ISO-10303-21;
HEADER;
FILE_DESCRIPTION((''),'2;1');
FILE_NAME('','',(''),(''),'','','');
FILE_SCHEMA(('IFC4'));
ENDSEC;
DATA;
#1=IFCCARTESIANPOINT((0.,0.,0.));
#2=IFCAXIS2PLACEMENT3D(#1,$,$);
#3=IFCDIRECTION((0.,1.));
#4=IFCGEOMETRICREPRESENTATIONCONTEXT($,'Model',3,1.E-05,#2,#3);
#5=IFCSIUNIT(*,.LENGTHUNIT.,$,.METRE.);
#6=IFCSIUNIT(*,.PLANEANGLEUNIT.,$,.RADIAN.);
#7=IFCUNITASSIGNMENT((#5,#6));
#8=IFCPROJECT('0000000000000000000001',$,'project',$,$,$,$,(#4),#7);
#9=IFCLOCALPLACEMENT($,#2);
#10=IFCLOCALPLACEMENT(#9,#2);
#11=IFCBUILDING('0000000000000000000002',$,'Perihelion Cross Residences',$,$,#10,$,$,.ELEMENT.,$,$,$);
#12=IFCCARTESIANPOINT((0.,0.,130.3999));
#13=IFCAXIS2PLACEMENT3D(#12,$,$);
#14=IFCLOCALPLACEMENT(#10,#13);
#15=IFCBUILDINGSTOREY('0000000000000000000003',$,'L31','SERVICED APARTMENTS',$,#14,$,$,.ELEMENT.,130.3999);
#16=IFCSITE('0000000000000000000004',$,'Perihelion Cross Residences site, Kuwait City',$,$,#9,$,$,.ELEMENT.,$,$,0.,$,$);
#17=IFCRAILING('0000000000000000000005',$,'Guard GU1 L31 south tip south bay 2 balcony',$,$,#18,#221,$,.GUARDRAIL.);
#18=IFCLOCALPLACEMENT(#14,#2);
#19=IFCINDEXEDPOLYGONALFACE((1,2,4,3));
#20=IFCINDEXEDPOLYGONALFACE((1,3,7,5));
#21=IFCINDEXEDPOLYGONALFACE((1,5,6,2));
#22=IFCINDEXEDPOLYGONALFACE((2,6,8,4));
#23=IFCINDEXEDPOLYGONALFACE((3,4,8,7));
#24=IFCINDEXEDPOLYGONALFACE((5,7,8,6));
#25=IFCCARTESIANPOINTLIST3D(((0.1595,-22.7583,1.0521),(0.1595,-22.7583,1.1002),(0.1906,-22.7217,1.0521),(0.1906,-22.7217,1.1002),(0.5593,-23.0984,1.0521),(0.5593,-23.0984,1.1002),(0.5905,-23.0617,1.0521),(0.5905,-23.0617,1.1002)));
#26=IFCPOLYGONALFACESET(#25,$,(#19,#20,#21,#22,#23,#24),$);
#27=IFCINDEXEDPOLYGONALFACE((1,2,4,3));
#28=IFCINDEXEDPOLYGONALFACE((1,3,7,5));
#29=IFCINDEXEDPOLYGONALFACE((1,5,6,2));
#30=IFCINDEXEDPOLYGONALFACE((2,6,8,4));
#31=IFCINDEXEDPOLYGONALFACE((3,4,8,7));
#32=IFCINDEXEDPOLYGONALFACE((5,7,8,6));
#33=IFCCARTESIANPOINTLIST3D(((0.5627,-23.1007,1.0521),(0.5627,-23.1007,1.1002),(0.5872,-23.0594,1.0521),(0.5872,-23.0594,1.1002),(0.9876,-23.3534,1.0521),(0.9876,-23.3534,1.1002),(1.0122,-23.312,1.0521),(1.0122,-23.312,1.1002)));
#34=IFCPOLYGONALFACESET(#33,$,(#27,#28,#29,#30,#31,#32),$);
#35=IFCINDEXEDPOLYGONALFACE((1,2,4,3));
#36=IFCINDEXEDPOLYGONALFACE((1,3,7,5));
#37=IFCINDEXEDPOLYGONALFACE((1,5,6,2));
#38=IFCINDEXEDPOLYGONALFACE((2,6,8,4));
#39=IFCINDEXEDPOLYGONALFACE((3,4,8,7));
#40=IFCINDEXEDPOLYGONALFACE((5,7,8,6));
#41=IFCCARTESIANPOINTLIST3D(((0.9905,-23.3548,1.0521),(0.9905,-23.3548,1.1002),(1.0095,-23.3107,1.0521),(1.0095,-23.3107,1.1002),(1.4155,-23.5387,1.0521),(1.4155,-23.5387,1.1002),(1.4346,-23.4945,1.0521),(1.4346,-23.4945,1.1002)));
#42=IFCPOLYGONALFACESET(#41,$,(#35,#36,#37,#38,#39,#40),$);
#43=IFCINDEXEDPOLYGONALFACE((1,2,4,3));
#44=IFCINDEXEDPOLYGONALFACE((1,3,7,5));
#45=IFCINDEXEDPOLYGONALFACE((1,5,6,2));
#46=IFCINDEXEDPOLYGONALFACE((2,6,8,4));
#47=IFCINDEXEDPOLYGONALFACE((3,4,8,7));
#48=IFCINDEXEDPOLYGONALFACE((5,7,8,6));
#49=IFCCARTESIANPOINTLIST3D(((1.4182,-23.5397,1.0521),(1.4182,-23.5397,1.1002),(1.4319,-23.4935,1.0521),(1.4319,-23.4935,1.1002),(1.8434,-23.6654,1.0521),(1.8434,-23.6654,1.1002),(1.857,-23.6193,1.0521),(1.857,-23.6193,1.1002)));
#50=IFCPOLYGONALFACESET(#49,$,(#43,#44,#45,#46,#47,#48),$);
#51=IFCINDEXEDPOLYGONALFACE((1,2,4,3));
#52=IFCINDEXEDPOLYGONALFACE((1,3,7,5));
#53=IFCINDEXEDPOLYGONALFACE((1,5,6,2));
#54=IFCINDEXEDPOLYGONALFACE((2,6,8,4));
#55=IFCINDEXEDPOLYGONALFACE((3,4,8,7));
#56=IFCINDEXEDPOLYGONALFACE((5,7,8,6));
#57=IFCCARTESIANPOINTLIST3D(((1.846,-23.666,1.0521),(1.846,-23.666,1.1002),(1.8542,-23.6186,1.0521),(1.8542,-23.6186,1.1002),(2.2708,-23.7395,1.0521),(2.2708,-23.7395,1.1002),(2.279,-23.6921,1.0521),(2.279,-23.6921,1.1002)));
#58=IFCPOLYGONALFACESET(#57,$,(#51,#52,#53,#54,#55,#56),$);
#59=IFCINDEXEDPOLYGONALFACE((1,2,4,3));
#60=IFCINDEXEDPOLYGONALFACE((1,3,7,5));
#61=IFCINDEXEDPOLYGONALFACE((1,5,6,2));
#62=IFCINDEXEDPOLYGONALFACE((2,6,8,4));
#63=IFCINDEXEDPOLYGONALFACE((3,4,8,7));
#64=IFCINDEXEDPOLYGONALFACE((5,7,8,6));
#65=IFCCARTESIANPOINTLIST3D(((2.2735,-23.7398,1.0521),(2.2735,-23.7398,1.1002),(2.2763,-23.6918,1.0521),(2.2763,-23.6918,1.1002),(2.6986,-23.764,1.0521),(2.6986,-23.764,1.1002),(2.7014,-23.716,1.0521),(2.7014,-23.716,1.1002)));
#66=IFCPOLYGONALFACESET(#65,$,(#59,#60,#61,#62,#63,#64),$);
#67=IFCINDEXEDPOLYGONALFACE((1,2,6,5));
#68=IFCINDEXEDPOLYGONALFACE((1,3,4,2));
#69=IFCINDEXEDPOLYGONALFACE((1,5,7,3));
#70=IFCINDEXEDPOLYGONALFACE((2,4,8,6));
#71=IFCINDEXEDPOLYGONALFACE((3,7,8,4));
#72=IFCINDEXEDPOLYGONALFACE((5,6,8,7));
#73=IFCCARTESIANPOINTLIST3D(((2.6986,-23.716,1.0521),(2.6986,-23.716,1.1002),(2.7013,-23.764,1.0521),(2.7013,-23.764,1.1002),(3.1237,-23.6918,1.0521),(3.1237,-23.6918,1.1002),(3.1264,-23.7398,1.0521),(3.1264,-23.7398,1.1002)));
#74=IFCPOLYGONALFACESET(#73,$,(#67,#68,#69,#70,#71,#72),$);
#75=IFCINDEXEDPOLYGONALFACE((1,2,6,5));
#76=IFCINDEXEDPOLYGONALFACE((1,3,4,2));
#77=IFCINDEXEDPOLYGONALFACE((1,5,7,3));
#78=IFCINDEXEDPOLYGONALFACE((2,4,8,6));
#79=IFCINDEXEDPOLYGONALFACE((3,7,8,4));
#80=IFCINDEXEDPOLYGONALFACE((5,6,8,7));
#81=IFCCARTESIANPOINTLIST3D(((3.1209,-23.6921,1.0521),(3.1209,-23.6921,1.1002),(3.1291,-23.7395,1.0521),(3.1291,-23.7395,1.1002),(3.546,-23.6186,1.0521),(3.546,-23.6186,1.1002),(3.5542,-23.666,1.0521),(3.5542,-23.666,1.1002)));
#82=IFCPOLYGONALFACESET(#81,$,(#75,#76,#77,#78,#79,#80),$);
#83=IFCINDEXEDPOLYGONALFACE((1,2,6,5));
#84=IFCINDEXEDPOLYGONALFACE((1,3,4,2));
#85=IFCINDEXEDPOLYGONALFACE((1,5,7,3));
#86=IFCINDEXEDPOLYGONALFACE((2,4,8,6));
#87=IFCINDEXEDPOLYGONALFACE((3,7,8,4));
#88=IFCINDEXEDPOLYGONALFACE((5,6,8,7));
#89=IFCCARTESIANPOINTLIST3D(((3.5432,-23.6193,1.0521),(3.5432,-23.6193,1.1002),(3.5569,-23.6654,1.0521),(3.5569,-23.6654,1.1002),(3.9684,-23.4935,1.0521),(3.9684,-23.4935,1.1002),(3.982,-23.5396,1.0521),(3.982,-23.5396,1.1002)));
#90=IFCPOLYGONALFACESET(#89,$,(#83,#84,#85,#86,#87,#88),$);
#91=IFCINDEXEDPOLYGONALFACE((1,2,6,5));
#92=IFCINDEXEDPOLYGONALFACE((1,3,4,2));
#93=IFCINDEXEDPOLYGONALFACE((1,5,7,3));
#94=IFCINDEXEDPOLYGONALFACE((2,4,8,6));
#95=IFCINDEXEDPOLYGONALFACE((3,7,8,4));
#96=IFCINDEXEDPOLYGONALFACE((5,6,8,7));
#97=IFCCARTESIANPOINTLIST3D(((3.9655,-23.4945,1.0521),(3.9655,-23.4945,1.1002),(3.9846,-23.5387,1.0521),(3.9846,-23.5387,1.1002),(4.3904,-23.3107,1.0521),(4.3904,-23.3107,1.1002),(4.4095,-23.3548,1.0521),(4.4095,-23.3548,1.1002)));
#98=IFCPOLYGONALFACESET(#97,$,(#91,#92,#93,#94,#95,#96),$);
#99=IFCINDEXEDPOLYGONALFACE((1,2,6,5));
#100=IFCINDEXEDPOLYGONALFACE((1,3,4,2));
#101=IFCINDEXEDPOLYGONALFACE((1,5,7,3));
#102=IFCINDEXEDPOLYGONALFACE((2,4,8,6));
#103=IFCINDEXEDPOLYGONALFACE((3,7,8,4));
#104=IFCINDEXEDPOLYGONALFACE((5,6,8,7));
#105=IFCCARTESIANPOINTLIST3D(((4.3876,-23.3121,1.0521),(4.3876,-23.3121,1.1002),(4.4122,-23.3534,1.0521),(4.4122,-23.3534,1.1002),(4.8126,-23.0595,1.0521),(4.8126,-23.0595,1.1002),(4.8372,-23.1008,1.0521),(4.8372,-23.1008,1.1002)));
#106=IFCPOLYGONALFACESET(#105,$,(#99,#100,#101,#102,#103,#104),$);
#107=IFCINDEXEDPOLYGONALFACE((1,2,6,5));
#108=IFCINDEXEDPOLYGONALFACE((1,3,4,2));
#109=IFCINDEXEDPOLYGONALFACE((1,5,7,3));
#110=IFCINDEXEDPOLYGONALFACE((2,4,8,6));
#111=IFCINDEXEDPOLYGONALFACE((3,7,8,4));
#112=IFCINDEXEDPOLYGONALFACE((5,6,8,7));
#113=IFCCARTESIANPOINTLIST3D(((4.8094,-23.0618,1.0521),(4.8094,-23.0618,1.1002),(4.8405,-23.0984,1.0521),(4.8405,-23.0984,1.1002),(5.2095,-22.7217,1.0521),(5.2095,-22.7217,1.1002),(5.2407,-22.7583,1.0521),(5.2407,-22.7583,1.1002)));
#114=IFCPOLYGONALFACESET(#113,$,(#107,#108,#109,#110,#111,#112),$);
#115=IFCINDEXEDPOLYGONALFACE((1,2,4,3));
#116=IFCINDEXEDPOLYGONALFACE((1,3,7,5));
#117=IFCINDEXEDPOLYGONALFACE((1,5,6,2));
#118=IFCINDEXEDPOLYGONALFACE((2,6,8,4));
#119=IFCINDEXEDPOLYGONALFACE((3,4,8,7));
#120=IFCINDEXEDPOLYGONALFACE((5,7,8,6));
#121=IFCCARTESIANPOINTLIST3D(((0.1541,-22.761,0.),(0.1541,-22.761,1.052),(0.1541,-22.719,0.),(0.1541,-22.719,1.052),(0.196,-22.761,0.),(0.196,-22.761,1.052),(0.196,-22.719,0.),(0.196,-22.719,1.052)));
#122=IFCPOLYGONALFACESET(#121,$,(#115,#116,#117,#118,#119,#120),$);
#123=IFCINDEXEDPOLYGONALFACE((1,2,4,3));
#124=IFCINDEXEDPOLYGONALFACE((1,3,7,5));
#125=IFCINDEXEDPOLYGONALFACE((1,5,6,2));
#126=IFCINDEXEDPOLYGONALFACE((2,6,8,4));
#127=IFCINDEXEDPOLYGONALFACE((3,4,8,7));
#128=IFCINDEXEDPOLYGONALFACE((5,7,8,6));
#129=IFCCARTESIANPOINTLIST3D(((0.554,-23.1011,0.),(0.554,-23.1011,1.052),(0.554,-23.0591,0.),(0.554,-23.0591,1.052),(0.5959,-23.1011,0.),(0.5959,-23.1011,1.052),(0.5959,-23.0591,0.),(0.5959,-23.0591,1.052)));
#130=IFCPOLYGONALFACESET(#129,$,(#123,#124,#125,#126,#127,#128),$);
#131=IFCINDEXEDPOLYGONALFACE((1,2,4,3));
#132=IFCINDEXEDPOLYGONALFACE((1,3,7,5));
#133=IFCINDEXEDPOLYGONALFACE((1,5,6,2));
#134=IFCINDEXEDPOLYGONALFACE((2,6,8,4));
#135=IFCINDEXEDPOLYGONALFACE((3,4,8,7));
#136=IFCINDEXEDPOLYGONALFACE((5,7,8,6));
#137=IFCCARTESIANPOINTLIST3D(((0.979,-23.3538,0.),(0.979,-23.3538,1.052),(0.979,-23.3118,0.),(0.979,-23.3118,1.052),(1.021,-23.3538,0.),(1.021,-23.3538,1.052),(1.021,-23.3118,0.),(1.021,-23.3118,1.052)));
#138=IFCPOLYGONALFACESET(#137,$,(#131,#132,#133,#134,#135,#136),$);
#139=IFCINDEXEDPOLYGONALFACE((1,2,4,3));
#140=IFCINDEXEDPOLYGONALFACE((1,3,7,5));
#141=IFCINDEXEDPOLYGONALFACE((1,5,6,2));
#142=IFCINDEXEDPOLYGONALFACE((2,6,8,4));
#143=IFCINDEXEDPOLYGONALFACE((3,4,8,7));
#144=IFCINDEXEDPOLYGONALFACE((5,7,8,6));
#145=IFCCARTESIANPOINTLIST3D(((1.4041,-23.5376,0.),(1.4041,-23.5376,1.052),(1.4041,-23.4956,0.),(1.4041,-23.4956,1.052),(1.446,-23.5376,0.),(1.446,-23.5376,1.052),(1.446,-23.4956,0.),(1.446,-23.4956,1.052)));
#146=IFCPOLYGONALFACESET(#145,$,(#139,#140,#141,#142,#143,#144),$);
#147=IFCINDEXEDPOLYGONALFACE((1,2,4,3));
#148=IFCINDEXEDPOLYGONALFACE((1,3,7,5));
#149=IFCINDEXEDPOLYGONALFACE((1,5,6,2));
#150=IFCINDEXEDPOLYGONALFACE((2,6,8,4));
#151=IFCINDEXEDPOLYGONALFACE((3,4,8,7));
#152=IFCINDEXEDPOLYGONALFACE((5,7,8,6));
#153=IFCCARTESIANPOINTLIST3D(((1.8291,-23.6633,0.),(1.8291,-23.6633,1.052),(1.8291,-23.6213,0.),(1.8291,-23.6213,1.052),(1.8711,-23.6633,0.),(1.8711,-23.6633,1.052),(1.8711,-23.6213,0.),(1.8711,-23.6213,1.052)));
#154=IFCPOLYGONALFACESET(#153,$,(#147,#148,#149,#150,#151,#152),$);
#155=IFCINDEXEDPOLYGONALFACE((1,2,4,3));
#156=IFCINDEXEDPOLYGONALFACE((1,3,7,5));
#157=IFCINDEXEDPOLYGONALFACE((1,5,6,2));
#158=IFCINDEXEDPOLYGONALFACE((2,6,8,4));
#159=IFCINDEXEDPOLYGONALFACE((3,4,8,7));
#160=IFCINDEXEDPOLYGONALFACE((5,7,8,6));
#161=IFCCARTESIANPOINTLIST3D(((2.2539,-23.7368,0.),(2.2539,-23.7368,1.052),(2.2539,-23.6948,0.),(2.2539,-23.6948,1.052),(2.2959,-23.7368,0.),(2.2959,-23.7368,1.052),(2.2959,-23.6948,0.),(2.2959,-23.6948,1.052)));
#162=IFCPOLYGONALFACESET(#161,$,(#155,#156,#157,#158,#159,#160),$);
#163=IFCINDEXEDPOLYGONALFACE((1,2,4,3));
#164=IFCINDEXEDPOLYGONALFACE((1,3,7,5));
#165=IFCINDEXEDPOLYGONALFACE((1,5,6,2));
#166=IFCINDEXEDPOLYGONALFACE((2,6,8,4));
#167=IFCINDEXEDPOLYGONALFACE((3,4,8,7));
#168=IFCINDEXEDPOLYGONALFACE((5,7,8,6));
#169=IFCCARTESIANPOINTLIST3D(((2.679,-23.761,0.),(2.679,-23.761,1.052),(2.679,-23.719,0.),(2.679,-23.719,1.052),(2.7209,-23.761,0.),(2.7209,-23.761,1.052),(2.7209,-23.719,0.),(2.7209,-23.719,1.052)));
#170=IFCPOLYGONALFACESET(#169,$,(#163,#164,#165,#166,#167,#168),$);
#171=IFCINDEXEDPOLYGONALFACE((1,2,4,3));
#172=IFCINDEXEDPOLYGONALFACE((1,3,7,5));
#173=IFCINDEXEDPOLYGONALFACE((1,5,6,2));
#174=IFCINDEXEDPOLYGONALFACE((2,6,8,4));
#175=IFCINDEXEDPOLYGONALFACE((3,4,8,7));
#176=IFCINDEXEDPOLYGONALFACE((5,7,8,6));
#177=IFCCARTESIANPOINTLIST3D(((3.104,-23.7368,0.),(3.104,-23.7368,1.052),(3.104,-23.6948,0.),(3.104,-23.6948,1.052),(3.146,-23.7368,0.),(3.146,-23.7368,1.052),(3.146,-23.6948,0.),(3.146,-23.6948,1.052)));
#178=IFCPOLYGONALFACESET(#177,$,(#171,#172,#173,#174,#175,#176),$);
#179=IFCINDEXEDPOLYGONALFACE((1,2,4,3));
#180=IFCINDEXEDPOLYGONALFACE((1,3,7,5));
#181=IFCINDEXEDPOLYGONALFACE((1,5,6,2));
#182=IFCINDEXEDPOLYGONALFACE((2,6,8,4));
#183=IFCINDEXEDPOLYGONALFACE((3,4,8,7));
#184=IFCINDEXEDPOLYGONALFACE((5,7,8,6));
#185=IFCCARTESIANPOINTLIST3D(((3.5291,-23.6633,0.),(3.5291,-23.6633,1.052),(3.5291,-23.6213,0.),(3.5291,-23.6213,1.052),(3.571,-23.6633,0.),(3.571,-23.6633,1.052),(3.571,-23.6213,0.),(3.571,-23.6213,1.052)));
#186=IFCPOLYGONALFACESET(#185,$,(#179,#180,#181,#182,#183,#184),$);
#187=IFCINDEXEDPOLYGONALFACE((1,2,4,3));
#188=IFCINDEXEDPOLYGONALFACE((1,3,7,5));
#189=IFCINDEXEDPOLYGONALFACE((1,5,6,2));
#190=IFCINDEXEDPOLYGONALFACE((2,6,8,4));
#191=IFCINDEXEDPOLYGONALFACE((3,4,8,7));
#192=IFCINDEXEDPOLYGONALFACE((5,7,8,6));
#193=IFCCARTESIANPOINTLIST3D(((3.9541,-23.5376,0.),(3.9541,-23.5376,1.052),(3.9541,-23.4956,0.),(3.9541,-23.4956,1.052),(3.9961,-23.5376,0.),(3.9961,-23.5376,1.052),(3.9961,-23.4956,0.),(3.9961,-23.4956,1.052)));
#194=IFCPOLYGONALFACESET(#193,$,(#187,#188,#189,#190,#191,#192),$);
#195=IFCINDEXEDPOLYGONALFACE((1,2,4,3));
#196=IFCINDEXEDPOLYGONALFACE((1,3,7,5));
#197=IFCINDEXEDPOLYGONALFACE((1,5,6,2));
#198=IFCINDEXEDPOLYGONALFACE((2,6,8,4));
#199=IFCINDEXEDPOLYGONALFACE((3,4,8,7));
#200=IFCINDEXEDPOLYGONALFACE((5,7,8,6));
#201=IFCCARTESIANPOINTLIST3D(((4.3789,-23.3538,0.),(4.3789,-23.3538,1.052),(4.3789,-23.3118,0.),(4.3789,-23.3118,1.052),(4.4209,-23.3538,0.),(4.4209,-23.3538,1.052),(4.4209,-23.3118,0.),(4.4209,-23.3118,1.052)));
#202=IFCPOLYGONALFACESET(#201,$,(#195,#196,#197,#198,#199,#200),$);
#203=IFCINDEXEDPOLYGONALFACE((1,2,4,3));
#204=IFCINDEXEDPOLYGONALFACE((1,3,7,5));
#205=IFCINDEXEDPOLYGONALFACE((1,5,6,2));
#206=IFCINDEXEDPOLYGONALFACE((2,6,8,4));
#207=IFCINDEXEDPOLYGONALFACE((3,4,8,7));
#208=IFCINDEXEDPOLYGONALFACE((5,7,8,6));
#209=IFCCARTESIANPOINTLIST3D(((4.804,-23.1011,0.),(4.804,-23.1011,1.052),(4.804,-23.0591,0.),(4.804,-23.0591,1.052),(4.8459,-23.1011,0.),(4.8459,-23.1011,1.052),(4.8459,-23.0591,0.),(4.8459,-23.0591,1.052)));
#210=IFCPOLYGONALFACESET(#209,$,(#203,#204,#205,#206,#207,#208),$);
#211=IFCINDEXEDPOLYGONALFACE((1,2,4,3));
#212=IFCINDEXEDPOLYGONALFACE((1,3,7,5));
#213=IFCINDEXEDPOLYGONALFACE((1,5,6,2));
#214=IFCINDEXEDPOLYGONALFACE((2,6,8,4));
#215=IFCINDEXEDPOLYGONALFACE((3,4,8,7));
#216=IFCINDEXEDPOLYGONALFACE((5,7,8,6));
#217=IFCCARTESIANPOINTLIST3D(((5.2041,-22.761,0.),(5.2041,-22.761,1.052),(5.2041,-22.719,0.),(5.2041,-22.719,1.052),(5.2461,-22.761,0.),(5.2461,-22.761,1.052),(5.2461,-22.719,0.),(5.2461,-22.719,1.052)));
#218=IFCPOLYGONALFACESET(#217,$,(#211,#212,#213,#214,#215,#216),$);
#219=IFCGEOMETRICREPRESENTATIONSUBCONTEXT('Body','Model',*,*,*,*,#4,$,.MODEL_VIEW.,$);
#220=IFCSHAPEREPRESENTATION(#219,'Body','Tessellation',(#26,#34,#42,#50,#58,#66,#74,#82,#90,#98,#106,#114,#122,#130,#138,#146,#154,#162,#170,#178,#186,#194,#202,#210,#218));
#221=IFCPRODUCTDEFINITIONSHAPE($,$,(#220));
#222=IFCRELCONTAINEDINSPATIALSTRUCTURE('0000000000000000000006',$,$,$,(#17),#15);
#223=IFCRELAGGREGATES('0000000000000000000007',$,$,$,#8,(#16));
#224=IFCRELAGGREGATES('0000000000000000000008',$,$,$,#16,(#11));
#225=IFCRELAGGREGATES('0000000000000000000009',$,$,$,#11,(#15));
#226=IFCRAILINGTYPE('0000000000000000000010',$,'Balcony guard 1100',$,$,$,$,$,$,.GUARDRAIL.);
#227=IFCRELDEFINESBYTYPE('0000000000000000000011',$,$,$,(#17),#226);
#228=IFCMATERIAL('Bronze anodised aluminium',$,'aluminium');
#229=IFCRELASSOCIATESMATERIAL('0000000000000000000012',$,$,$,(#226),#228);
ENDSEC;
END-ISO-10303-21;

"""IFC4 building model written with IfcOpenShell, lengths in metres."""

from ifc_helpers import new_model, si_unit, direction, frame, origin, origin_2d, place, context, subcontext, project, spatial, rectangle, extrude, material, type_object, element, save


model = new_model("IFC4")

# Units and contexts
model_context = context("Model", 3, precision=1e-05, world=origin(), true_north=direction((0.0, 1.0)))
body_context = subcontext(model_context, "Body", "Model", "MODEL_VIEW")
ifc_project = project(units=[si_unit("LENGTHUNIT", "METRE"), si_unit("PLANEANGLEUNIT", "RADIAN")], contexts=[model_context])

# Site, building, storey
site_placement = place(None, origin())
site = spatial("IfcSite", under=ifc_project, at=site_placement, Name="Perihelion Cross Residences site, Kuwait City", CompositionType="ELEMENT", RefElevation=0.0)
building_placement = place(site_placement, origin())
building = spatial("IfcBuilding", under=site, at=building_placement, Name="Perihelion Cross Residences", CompositionType="ELEMENT")
storey_placement = place(building_placement, frame((0.0, 0.0, 130.3999)))
storey = spatial("IfcBuildingStorey", under=building, at=storey_placement, Name="L31", Description="SERVICED APARTMENTS", CompositionType="ELEMENT", Elevation=130.3999)

# Railing
ifc_material_1 = material(Name="Bronze anodised aluminium", Category="aluminium")
railing_type = type_object("IfcRailingType", Name="Balcony guard 1100", PredefinedType="GUARDRAIL", material=ifc_material_1)
railing_placement = place(storey_placement, frame((0.175, -22.74, 0.0)))
element("IfcRailing", 1, at=railing_placement, inside=storey, type_object=railing_type, Name="Guard GU1 L31 south tip south bay 2 balcony", PredefinedType="GUARDRAIL", context=body_context, shape_type="SweptSolid", body=[
    extrude(rectangle(XDim=0.0481, YDim=0.0481, at=origin_2d()), frame((0.0, 0.0, 1.0762), z_axis=(0.761779, -0.647837, 0.0), x_axis=(0.647837, 0.761779, 0.0)), (0.0, 0.0, 1.0), 0.5249),
    extrude(rectangle(XDim=0.0481, YDim=0.0481, at=origin_2d()), frame((0.3999, -0.3401, 1.0762), z_axis=(0.859577, -0.511006, 0.0), x_axis=(0.511006, 0.859577, 0.0)), (0.0, 0.0, 1.0), 0.4944),
    extrude(rectangle(XDim=0.0481, YDim=0.0481, at=origin_2d()), frame((0.825, -0.5928, 1.0762), z_axis=(0.917831, -0.396971, 0.0), x_axis=(0.396971, 0.917831, 0.0)), (0.0, 0.0, 1.0), 0.4631),
    extrude(rectangle(XDim=0.0481, YDim=0.0481, at=origin_2d()), frame((1.25, -0.7766, 1.0762), z_axis=(0.958926, -0.283657, 0.0), x_axis=(0.283657, 0.958926, 0.0)), (0.0, 0.0, 1.0), 0.4434),
    extrude(rectangle(XDim=0.0481, YDim=0.0481, at=origin_2d()), frame((1.675, -0.9023, 1.0762), z_axis=(0.985365, -0.170457, 0.0), x_axis=(0.170457, 0.985365, 0.0)), (0.0, 0.0, 1.0), 0.4312),
    extrude(rectangle(XDim=0.0481, YDim=0.0481, at=origin_2d()), frame((2.0999, -0.9758, 1.0762), z_axis=(0.998387, -0.056772, 0.0), x_axis=(0.056772, 0.998387, 0.0)), (0.0, 0.0, 1.0), 0.4258),
    extrude(rectangle(XDim=0.0481, YDim=0.0481, at=origin_2d()), frame((2.5249, -1.0, 1.0762), z_axis=(0.998387, 0.056772, 0.0), x_axis=(-0.056772, 0.998387, 0.0)), (0.0, 0.0, 1.0), 0.4258),
    extrude(rectangle(XDim=0.0481, YDim=0.0481, at=origin_2d()), frame((2.95, -0.9758, 1.0762), z_axis=(0.985382, 0.170362, 0.0), x_axis=(-0.170362, 0.985382, 0.0)), (0.0, 0.0, 1.0), 0.4314),
    extrude(rectangle(XDim=0.0481, YDim=0.0481, at=origin_2d()), frame((3.375, -0.9023, 1.0762), z_axis=(0.958926, 0.283657, 0.0), x_axis=(-0.283657, 0.958926, 0.0)), (0.0, 0.0, 1.0), 0.4434),
    extrude(rectangle(XDim=0.0481, YDim=0.0481, at=origin_2d()), frame((3.8, -0.7766, 1.0762), z_axis=(0.917748, 0.397163, 0.0), x_axis=(-0.397163, 0.917748, 0.0)), (0.0, 0.0, 1.0), 0.4629),
    extrude(rectangle(XDim=0.0481, YDim=0.0481, at=origin_2d()), frame((4.2249, -0.5928, 1.0762), z_axis=(0.859577, 0.511006, 0.0), x_axis=(-0.511006, 0.859577, 0.0)), (0.0, 0.0, 1.0), 0.4944),
    extrude(rectangle(XDim=0.0481, YDim=0.0481, at=origin_2d()), frame((4.6499, -0.3401, 1.0762), z_axis=(0.761974, 0.647608, 0.0), x_axis=(-0.647608, 0.761974, 0.0)), (0.0, 0.0, 1.0), 0.5251),
    extrude(rectangle(XDim=0.042, YDim=0.042, at=origin_2d()), origin(), (0.0, 0.0, 1.0), 1.052),
    extrude(rectangle(XDim=0.042, YDim=0.042, at=origin_2d()), frame((0.3999, -0.3401, 0.0)), (0.0, 0.0, 1.0), 1.052),
    extrude(rectangle(XDim=0.042, YDim=0.042, at=origin_2d()), frame((0.825, -0.5928, 0.0)), (0.0, 0.0, 1.0), 1.052),
    extrude(rectangle(XDim=0.042, YDim=0.042, at=origin_2d()), frame((1.25, -0.7766, 0.0)), (0.0, 0.0, 1.0), 1.052),
    extrude(rectangle(XDim=0.042, YDim=0.042, at=origin_2d()), frame((1.675, -0.9023, 0.0)), (0.0, 0.0, 1.0), 1.052),
    extrude(rectangle(XDim=0.042, YDim=0.042, at=origin_2d()), frame((2.0999, -0.9758, 0.0)), (0.0, 0.0, 1.0), 1.052),
    extrude(rectangle(XDim=0.042, YDim=0.042, at=origin_2d()), frame((2.5249, -1.0, 0.0)), (0.0, 0.0, 1.0), 1.052),
    extrude(rectangle(XDim=0.042, YDim=0.042, at=origin_2d()), frame((2.95, -0.9758, 0.0)), (0.0, 0.0, 1.0), 1.052),
    extrude(rectangle(XDim=0.042, YDim=0.042, at=origin_2d()), frame((3.375, -0.9023, 0.0)), (0.0, 0.0, 1.0), 1.052),
    extrude(rectangle(XDim=0.042, YDim=0.042, at=origin_2d()), frame((3.8, -0.7766, 0.0)), (0.0, 0.0, 1.0), 1.052),
    extrude(rectangle(XDim=0.042, YDim=0.042, at=origin_2d()), frame((4.2249, -0.5928, 0.0)), (0.0, 0.0, 1.0), 1.052),
    extrude(rectangle(XDim=0.042, YDim=0.042, at=origin_2d()), frame((4.6499, -0.3401, 0.0)), (0.0, 0.0, 1.0), 1.052),
    extrude(rectangle(XDim=0.042, YDim=0.042, at=origin_2d()), frame((5.05, 0.0, 0.0)), (0.0, 0.0, 1.0), 1.052),
])

save(model, "model.ifc")
